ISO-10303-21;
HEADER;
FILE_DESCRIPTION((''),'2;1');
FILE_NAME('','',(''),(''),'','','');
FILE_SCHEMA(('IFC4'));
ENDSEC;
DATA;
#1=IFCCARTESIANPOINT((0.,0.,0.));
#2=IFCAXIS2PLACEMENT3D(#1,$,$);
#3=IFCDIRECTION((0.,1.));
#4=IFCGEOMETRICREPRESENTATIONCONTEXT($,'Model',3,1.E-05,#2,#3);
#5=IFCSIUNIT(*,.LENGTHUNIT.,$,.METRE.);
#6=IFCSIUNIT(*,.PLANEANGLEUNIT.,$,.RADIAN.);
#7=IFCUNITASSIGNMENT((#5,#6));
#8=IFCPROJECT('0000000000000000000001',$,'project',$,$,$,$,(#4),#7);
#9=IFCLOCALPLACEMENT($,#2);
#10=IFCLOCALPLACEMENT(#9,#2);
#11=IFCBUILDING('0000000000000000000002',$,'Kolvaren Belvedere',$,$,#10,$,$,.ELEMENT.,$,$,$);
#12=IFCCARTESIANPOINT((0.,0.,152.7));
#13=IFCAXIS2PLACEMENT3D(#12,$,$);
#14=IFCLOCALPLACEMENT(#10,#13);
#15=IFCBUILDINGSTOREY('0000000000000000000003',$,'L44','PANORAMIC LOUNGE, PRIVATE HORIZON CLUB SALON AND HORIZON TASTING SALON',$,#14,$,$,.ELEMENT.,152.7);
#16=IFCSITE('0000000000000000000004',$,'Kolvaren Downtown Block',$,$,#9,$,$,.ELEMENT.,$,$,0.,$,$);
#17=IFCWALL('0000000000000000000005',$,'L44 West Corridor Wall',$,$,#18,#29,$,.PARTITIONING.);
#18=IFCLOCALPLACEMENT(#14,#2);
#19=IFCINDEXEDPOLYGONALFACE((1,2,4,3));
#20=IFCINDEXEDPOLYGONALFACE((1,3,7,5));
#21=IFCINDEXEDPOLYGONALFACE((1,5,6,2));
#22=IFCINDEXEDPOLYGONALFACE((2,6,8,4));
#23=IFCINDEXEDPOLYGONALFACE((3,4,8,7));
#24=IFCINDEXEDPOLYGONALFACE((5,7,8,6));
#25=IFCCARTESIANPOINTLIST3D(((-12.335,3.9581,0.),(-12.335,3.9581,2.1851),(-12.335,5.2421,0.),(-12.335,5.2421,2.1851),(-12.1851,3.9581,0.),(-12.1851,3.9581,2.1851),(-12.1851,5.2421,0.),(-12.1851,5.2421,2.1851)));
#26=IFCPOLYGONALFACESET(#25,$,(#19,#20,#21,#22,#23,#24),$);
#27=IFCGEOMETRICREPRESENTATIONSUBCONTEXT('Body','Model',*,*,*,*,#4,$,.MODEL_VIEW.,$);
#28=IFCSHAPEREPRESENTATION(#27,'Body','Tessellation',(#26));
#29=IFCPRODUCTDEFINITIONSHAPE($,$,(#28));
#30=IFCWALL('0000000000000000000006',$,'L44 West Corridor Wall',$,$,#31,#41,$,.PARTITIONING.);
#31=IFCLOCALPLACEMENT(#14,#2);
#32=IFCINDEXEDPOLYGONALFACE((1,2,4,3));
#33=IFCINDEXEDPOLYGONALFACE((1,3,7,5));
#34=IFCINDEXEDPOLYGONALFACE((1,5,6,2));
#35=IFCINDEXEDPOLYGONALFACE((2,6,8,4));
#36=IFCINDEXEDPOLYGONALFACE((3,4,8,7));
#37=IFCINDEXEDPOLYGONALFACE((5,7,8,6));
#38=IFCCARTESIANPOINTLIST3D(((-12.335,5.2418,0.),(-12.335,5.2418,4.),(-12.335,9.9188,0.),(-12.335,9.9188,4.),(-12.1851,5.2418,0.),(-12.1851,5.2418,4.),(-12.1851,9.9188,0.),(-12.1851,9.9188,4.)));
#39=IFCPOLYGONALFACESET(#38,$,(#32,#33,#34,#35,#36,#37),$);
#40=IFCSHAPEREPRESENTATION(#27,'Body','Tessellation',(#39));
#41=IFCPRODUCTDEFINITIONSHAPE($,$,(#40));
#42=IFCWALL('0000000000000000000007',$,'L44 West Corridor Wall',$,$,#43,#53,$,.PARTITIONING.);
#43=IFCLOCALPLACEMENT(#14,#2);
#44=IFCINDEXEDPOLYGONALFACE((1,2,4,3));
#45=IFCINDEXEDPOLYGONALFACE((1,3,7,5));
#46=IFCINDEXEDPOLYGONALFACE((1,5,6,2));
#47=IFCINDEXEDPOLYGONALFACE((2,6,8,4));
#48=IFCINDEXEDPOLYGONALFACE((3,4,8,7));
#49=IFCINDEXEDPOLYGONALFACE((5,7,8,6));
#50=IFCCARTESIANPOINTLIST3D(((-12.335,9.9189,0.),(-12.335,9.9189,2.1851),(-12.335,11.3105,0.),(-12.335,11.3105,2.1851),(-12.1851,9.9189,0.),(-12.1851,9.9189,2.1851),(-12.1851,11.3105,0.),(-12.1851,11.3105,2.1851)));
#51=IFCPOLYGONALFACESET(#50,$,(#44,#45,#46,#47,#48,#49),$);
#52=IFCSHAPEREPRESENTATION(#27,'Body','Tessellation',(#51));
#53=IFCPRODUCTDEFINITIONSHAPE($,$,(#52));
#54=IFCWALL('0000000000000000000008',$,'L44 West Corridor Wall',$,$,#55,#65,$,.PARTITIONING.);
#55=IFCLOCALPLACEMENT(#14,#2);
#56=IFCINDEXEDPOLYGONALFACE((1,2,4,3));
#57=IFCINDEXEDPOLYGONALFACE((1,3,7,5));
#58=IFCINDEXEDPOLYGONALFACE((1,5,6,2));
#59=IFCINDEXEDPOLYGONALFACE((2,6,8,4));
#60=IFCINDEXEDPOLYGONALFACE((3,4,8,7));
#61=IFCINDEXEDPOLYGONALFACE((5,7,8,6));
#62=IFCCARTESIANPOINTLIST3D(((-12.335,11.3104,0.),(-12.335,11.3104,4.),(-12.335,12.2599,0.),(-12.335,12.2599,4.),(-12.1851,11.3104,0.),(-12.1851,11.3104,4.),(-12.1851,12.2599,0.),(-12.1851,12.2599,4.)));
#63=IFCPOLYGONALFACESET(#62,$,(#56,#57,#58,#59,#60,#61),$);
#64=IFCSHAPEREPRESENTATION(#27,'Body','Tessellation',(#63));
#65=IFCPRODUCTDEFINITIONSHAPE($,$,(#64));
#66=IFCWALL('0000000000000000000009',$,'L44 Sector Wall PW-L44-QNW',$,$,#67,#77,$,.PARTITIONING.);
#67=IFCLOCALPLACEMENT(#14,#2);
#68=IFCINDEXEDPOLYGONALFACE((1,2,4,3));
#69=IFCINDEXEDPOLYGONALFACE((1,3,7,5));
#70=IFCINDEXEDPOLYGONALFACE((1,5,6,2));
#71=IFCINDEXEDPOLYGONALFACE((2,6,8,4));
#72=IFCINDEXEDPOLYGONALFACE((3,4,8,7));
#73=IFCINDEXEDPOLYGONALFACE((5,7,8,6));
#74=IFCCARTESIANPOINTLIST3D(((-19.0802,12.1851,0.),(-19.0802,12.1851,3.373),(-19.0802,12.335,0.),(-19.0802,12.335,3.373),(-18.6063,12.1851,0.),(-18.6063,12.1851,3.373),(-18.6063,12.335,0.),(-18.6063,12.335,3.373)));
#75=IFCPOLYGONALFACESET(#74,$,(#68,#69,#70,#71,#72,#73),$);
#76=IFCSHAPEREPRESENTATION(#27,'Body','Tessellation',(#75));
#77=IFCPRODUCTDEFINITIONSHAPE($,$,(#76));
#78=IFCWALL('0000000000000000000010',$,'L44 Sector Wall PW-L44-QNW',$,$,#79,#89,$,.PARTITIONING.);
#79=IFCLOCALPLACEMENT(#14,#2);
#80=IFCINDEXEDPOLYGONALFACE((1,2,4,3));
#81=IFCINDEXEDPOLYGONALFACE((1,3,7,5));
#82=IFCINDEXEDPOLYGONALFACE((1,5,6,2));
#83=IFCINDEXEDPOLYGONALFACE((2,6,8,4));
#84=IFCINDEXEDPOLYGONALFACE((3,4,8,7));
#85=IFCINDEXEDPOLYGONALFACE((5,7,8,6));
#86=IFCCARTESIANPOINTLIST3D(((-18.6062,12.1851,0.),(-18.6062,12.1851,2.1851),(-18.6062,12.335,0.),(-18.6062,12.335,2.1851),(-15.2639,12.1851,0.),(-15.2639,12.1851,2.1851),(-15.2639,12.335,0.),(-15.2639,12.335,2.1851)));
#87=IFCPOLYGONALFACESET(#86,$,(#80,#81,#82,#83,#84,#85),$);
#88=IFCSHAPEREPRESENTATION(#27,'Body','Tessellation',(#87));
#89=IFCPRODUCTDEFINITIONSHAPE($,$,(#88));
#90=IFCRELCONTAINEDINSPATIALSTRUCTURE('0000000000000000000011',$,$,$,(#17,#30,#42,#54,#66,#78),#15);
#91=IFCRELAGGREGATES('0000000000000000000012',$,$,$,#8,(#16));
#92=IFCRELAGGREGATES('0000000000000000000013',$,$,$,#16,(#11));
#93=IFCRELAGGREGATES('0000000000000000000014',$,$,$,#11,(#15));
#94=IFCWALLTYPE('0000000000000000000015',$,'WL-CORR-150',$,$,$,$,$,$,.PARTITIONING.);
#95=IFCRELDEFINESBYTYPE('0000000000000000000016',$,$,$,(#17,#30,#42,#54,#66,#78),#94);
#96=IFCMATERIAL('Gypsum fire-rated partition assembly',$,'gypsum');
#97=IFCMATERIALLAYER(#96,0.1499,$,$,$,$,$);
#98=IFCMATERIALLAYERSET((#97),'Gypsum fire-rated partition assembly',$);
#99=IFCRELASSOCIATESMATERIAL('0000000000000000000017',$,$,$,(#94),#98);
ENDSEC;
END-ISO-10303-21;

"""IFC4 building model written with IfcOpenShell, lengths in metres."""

from ifc_helpers import new_model, si_unit, direction, frame, frame_2d, origin, place, context, subcontext, project, spatial, rectangle, extrude, material, layer, layer_set, type_object, element, save


model = new_model("IFC4")

# Units and contexts
model_context = context("Model", 3, precision=1e-05, world=origin(), true_north=direction((0.0, 1.0)))
body_context = subcontext(model_context, "Body", "Model", "MODEL_VIEW")
ifc_project = project(units=[si_unit("LENGTHUNIT", "METRE"), si_unit("PLANEANGLEUNIT", "RADIAN")], contexts=[model_context])

# Site, building, storey
site_placement = place(None, origin())
site = spatial("IfcSite", under=ifc_project, at=site_placement, Name="Kolvaren Downtown Block", CompositionType="ELEMENT", RefElevation=0.0)
building_placement = place(site_placement, origin())
building = spatial("IfcBuilding", under=site, at=building_placement, Name="Kolvaren Belvedere", CompositionType="ELEMENT")
storey_placement = place(building_placement, frame((0.0, 0.0, 152.7)))
storey = spatial("IfcBuildingStorey", under=building, at=storey_placement, Name="L44", Description="PANORAMIC LOUNGE, PRIVATE HORIZON CLUB SALON AND HORIZON TASTING SALON", CompositionType="ELEMENT", Elevation=152.7)

# Walls
ifc_material_1 = material(Name="Gypsum fire-rated partition assembly", Category="gypsum")
ifc_layer_1 = layer(ifc_material_1, 0.1499)
ifc_layer_set_1 = layer_set([ifc_layer_1], Name="Gypsum fire-rated partition assembly")
wall_type_1 = type_object("IfcWallType", Name="WL-CORR-150", PredefinedType="PARTITIONING", material=ifc_layer_set_1)
wall_1_placement = place(storey_placement, frame((-12.26, 3.958, 0.0), z_axis=(0.0, 0.0, 1.0), x_axis=(0.0, 1.0, 0.0)))
element("IfcWall", 1, at=wall_1_placement, inside=storey, type_object=wall_type_1, Name="L44 West Corridor Wall", PredefinedType="PARTITIONING", context=body_context, shape_type="SweptSolid", body=[
    extrude(rectangle(XDim=1.2839, YDim=0.1499, at=frame_2d((0.6421, 0.0))), origin(), (0.0, 0.0, 1.0), 2.1851),
])
wall_2_placement = place(storey_placement, frame((-12.26, 5.2419, 0.0), z_axis=(0.0, 0.0, 1.0), x_axis=(0.0, 1.0, 0.0)))
element("IfcWall", 2, at=wall_2_placement, inside=storey, type_object=wall_type_1, Name="L44 West Corridor Wall", PredefinedType="PARTITIONING", context=body_context, shape_type="SweptSolid", body=[
    extrude(rectangle(XDim=4.677, YDim=0.1499, at=frame_2d((2.3384, 0.0))), origin(), (0.0, 0.0, 1.0), 4.0),
])
wall_3_placement = place(storey_placement, frame((-12.26, 9.9189, 0.0), z_axis=(0.0, 0.0, 1.0), x_axis=(0.0, 1.0, 0.0)))
element("IfcWall", 3, at=wall_3_placement, inside=storey, type_object=wall_type_1, Name="L44 West Corridor Wall", PredefinedType="PARTITIONING", context=body_context, shape_type="SweptSolid", body=[
    extrude(rectangle(XDim=1.3916, YDim=0.1499, at=frame_2d((0.6958, 0.0))), origin(), (0.0, 0.0, 1.0), 2.1851),
])
wall_4_placement = place(storey_placement, frame((-12.26, 11.3105, 0.0), z_axis=(0.0, 0.0, 1.0), x_axis=(0.0, 1.0, 0.0)))
element("IfcWall", 4, at=wall_4_placement, inside=storey, type_object=wall_type_1, Name="L44 West Corridor Wall", PredefinedType="PARTITIONING", context=body_context, shape_type="SweptSolid", body=[
    extrude(rectangle(XDim=0.9495, YDim=0.1499, at=frame_2d((0.4746, 0.0))), origin(), (0.0, 0.0, 1.0), 4.0),
])
wall_5_placement = place(storey_placement, frame((-19.0801, 12.26, 0.0), z_axis=(0.0, 0.0, 1.0), x_axis=(1.0, 0.0, 0.0)))
element("IfcWall", 5, at=wall_5_placement, inside=storey, type_object=wall_type_1, Name="L44 Sector Wall PW-L44-QNW", PredefinedType="PARTITIONING", context=body_context, shape_type="SweptSolid", body=[
    extrude(rectangle(XDim=0.4739, YDim=0.1499, at=frame_2d((0.2368, 0.0))), origin(), (0.0, 0.0, 1.0), 3.373),
])
wall_6_placement = place(storey_placement, frame((-18.6062, 12.26, 0.0), z_axis=(0.0, 0.0, 1.0), x_axis=(1.0, 0.0, 0.0)))
element("IfcWall", 6, at=wall_6_placement, inside=storey, type_object=wall_type_1, Name="L44 Sector Wall PW-L44-QNW", PredefinedType="PARTITIONING", context=body_context, shape_type="SweptSolid", body=[
    extrude(rectangle(XDim=3.3423, YDim=0.1499, at=frame_2d((1.6711, 0.0))), origin(), (0.0, 0.0, 1.0), 2.1851),
])

save(model, "model.ifc")
